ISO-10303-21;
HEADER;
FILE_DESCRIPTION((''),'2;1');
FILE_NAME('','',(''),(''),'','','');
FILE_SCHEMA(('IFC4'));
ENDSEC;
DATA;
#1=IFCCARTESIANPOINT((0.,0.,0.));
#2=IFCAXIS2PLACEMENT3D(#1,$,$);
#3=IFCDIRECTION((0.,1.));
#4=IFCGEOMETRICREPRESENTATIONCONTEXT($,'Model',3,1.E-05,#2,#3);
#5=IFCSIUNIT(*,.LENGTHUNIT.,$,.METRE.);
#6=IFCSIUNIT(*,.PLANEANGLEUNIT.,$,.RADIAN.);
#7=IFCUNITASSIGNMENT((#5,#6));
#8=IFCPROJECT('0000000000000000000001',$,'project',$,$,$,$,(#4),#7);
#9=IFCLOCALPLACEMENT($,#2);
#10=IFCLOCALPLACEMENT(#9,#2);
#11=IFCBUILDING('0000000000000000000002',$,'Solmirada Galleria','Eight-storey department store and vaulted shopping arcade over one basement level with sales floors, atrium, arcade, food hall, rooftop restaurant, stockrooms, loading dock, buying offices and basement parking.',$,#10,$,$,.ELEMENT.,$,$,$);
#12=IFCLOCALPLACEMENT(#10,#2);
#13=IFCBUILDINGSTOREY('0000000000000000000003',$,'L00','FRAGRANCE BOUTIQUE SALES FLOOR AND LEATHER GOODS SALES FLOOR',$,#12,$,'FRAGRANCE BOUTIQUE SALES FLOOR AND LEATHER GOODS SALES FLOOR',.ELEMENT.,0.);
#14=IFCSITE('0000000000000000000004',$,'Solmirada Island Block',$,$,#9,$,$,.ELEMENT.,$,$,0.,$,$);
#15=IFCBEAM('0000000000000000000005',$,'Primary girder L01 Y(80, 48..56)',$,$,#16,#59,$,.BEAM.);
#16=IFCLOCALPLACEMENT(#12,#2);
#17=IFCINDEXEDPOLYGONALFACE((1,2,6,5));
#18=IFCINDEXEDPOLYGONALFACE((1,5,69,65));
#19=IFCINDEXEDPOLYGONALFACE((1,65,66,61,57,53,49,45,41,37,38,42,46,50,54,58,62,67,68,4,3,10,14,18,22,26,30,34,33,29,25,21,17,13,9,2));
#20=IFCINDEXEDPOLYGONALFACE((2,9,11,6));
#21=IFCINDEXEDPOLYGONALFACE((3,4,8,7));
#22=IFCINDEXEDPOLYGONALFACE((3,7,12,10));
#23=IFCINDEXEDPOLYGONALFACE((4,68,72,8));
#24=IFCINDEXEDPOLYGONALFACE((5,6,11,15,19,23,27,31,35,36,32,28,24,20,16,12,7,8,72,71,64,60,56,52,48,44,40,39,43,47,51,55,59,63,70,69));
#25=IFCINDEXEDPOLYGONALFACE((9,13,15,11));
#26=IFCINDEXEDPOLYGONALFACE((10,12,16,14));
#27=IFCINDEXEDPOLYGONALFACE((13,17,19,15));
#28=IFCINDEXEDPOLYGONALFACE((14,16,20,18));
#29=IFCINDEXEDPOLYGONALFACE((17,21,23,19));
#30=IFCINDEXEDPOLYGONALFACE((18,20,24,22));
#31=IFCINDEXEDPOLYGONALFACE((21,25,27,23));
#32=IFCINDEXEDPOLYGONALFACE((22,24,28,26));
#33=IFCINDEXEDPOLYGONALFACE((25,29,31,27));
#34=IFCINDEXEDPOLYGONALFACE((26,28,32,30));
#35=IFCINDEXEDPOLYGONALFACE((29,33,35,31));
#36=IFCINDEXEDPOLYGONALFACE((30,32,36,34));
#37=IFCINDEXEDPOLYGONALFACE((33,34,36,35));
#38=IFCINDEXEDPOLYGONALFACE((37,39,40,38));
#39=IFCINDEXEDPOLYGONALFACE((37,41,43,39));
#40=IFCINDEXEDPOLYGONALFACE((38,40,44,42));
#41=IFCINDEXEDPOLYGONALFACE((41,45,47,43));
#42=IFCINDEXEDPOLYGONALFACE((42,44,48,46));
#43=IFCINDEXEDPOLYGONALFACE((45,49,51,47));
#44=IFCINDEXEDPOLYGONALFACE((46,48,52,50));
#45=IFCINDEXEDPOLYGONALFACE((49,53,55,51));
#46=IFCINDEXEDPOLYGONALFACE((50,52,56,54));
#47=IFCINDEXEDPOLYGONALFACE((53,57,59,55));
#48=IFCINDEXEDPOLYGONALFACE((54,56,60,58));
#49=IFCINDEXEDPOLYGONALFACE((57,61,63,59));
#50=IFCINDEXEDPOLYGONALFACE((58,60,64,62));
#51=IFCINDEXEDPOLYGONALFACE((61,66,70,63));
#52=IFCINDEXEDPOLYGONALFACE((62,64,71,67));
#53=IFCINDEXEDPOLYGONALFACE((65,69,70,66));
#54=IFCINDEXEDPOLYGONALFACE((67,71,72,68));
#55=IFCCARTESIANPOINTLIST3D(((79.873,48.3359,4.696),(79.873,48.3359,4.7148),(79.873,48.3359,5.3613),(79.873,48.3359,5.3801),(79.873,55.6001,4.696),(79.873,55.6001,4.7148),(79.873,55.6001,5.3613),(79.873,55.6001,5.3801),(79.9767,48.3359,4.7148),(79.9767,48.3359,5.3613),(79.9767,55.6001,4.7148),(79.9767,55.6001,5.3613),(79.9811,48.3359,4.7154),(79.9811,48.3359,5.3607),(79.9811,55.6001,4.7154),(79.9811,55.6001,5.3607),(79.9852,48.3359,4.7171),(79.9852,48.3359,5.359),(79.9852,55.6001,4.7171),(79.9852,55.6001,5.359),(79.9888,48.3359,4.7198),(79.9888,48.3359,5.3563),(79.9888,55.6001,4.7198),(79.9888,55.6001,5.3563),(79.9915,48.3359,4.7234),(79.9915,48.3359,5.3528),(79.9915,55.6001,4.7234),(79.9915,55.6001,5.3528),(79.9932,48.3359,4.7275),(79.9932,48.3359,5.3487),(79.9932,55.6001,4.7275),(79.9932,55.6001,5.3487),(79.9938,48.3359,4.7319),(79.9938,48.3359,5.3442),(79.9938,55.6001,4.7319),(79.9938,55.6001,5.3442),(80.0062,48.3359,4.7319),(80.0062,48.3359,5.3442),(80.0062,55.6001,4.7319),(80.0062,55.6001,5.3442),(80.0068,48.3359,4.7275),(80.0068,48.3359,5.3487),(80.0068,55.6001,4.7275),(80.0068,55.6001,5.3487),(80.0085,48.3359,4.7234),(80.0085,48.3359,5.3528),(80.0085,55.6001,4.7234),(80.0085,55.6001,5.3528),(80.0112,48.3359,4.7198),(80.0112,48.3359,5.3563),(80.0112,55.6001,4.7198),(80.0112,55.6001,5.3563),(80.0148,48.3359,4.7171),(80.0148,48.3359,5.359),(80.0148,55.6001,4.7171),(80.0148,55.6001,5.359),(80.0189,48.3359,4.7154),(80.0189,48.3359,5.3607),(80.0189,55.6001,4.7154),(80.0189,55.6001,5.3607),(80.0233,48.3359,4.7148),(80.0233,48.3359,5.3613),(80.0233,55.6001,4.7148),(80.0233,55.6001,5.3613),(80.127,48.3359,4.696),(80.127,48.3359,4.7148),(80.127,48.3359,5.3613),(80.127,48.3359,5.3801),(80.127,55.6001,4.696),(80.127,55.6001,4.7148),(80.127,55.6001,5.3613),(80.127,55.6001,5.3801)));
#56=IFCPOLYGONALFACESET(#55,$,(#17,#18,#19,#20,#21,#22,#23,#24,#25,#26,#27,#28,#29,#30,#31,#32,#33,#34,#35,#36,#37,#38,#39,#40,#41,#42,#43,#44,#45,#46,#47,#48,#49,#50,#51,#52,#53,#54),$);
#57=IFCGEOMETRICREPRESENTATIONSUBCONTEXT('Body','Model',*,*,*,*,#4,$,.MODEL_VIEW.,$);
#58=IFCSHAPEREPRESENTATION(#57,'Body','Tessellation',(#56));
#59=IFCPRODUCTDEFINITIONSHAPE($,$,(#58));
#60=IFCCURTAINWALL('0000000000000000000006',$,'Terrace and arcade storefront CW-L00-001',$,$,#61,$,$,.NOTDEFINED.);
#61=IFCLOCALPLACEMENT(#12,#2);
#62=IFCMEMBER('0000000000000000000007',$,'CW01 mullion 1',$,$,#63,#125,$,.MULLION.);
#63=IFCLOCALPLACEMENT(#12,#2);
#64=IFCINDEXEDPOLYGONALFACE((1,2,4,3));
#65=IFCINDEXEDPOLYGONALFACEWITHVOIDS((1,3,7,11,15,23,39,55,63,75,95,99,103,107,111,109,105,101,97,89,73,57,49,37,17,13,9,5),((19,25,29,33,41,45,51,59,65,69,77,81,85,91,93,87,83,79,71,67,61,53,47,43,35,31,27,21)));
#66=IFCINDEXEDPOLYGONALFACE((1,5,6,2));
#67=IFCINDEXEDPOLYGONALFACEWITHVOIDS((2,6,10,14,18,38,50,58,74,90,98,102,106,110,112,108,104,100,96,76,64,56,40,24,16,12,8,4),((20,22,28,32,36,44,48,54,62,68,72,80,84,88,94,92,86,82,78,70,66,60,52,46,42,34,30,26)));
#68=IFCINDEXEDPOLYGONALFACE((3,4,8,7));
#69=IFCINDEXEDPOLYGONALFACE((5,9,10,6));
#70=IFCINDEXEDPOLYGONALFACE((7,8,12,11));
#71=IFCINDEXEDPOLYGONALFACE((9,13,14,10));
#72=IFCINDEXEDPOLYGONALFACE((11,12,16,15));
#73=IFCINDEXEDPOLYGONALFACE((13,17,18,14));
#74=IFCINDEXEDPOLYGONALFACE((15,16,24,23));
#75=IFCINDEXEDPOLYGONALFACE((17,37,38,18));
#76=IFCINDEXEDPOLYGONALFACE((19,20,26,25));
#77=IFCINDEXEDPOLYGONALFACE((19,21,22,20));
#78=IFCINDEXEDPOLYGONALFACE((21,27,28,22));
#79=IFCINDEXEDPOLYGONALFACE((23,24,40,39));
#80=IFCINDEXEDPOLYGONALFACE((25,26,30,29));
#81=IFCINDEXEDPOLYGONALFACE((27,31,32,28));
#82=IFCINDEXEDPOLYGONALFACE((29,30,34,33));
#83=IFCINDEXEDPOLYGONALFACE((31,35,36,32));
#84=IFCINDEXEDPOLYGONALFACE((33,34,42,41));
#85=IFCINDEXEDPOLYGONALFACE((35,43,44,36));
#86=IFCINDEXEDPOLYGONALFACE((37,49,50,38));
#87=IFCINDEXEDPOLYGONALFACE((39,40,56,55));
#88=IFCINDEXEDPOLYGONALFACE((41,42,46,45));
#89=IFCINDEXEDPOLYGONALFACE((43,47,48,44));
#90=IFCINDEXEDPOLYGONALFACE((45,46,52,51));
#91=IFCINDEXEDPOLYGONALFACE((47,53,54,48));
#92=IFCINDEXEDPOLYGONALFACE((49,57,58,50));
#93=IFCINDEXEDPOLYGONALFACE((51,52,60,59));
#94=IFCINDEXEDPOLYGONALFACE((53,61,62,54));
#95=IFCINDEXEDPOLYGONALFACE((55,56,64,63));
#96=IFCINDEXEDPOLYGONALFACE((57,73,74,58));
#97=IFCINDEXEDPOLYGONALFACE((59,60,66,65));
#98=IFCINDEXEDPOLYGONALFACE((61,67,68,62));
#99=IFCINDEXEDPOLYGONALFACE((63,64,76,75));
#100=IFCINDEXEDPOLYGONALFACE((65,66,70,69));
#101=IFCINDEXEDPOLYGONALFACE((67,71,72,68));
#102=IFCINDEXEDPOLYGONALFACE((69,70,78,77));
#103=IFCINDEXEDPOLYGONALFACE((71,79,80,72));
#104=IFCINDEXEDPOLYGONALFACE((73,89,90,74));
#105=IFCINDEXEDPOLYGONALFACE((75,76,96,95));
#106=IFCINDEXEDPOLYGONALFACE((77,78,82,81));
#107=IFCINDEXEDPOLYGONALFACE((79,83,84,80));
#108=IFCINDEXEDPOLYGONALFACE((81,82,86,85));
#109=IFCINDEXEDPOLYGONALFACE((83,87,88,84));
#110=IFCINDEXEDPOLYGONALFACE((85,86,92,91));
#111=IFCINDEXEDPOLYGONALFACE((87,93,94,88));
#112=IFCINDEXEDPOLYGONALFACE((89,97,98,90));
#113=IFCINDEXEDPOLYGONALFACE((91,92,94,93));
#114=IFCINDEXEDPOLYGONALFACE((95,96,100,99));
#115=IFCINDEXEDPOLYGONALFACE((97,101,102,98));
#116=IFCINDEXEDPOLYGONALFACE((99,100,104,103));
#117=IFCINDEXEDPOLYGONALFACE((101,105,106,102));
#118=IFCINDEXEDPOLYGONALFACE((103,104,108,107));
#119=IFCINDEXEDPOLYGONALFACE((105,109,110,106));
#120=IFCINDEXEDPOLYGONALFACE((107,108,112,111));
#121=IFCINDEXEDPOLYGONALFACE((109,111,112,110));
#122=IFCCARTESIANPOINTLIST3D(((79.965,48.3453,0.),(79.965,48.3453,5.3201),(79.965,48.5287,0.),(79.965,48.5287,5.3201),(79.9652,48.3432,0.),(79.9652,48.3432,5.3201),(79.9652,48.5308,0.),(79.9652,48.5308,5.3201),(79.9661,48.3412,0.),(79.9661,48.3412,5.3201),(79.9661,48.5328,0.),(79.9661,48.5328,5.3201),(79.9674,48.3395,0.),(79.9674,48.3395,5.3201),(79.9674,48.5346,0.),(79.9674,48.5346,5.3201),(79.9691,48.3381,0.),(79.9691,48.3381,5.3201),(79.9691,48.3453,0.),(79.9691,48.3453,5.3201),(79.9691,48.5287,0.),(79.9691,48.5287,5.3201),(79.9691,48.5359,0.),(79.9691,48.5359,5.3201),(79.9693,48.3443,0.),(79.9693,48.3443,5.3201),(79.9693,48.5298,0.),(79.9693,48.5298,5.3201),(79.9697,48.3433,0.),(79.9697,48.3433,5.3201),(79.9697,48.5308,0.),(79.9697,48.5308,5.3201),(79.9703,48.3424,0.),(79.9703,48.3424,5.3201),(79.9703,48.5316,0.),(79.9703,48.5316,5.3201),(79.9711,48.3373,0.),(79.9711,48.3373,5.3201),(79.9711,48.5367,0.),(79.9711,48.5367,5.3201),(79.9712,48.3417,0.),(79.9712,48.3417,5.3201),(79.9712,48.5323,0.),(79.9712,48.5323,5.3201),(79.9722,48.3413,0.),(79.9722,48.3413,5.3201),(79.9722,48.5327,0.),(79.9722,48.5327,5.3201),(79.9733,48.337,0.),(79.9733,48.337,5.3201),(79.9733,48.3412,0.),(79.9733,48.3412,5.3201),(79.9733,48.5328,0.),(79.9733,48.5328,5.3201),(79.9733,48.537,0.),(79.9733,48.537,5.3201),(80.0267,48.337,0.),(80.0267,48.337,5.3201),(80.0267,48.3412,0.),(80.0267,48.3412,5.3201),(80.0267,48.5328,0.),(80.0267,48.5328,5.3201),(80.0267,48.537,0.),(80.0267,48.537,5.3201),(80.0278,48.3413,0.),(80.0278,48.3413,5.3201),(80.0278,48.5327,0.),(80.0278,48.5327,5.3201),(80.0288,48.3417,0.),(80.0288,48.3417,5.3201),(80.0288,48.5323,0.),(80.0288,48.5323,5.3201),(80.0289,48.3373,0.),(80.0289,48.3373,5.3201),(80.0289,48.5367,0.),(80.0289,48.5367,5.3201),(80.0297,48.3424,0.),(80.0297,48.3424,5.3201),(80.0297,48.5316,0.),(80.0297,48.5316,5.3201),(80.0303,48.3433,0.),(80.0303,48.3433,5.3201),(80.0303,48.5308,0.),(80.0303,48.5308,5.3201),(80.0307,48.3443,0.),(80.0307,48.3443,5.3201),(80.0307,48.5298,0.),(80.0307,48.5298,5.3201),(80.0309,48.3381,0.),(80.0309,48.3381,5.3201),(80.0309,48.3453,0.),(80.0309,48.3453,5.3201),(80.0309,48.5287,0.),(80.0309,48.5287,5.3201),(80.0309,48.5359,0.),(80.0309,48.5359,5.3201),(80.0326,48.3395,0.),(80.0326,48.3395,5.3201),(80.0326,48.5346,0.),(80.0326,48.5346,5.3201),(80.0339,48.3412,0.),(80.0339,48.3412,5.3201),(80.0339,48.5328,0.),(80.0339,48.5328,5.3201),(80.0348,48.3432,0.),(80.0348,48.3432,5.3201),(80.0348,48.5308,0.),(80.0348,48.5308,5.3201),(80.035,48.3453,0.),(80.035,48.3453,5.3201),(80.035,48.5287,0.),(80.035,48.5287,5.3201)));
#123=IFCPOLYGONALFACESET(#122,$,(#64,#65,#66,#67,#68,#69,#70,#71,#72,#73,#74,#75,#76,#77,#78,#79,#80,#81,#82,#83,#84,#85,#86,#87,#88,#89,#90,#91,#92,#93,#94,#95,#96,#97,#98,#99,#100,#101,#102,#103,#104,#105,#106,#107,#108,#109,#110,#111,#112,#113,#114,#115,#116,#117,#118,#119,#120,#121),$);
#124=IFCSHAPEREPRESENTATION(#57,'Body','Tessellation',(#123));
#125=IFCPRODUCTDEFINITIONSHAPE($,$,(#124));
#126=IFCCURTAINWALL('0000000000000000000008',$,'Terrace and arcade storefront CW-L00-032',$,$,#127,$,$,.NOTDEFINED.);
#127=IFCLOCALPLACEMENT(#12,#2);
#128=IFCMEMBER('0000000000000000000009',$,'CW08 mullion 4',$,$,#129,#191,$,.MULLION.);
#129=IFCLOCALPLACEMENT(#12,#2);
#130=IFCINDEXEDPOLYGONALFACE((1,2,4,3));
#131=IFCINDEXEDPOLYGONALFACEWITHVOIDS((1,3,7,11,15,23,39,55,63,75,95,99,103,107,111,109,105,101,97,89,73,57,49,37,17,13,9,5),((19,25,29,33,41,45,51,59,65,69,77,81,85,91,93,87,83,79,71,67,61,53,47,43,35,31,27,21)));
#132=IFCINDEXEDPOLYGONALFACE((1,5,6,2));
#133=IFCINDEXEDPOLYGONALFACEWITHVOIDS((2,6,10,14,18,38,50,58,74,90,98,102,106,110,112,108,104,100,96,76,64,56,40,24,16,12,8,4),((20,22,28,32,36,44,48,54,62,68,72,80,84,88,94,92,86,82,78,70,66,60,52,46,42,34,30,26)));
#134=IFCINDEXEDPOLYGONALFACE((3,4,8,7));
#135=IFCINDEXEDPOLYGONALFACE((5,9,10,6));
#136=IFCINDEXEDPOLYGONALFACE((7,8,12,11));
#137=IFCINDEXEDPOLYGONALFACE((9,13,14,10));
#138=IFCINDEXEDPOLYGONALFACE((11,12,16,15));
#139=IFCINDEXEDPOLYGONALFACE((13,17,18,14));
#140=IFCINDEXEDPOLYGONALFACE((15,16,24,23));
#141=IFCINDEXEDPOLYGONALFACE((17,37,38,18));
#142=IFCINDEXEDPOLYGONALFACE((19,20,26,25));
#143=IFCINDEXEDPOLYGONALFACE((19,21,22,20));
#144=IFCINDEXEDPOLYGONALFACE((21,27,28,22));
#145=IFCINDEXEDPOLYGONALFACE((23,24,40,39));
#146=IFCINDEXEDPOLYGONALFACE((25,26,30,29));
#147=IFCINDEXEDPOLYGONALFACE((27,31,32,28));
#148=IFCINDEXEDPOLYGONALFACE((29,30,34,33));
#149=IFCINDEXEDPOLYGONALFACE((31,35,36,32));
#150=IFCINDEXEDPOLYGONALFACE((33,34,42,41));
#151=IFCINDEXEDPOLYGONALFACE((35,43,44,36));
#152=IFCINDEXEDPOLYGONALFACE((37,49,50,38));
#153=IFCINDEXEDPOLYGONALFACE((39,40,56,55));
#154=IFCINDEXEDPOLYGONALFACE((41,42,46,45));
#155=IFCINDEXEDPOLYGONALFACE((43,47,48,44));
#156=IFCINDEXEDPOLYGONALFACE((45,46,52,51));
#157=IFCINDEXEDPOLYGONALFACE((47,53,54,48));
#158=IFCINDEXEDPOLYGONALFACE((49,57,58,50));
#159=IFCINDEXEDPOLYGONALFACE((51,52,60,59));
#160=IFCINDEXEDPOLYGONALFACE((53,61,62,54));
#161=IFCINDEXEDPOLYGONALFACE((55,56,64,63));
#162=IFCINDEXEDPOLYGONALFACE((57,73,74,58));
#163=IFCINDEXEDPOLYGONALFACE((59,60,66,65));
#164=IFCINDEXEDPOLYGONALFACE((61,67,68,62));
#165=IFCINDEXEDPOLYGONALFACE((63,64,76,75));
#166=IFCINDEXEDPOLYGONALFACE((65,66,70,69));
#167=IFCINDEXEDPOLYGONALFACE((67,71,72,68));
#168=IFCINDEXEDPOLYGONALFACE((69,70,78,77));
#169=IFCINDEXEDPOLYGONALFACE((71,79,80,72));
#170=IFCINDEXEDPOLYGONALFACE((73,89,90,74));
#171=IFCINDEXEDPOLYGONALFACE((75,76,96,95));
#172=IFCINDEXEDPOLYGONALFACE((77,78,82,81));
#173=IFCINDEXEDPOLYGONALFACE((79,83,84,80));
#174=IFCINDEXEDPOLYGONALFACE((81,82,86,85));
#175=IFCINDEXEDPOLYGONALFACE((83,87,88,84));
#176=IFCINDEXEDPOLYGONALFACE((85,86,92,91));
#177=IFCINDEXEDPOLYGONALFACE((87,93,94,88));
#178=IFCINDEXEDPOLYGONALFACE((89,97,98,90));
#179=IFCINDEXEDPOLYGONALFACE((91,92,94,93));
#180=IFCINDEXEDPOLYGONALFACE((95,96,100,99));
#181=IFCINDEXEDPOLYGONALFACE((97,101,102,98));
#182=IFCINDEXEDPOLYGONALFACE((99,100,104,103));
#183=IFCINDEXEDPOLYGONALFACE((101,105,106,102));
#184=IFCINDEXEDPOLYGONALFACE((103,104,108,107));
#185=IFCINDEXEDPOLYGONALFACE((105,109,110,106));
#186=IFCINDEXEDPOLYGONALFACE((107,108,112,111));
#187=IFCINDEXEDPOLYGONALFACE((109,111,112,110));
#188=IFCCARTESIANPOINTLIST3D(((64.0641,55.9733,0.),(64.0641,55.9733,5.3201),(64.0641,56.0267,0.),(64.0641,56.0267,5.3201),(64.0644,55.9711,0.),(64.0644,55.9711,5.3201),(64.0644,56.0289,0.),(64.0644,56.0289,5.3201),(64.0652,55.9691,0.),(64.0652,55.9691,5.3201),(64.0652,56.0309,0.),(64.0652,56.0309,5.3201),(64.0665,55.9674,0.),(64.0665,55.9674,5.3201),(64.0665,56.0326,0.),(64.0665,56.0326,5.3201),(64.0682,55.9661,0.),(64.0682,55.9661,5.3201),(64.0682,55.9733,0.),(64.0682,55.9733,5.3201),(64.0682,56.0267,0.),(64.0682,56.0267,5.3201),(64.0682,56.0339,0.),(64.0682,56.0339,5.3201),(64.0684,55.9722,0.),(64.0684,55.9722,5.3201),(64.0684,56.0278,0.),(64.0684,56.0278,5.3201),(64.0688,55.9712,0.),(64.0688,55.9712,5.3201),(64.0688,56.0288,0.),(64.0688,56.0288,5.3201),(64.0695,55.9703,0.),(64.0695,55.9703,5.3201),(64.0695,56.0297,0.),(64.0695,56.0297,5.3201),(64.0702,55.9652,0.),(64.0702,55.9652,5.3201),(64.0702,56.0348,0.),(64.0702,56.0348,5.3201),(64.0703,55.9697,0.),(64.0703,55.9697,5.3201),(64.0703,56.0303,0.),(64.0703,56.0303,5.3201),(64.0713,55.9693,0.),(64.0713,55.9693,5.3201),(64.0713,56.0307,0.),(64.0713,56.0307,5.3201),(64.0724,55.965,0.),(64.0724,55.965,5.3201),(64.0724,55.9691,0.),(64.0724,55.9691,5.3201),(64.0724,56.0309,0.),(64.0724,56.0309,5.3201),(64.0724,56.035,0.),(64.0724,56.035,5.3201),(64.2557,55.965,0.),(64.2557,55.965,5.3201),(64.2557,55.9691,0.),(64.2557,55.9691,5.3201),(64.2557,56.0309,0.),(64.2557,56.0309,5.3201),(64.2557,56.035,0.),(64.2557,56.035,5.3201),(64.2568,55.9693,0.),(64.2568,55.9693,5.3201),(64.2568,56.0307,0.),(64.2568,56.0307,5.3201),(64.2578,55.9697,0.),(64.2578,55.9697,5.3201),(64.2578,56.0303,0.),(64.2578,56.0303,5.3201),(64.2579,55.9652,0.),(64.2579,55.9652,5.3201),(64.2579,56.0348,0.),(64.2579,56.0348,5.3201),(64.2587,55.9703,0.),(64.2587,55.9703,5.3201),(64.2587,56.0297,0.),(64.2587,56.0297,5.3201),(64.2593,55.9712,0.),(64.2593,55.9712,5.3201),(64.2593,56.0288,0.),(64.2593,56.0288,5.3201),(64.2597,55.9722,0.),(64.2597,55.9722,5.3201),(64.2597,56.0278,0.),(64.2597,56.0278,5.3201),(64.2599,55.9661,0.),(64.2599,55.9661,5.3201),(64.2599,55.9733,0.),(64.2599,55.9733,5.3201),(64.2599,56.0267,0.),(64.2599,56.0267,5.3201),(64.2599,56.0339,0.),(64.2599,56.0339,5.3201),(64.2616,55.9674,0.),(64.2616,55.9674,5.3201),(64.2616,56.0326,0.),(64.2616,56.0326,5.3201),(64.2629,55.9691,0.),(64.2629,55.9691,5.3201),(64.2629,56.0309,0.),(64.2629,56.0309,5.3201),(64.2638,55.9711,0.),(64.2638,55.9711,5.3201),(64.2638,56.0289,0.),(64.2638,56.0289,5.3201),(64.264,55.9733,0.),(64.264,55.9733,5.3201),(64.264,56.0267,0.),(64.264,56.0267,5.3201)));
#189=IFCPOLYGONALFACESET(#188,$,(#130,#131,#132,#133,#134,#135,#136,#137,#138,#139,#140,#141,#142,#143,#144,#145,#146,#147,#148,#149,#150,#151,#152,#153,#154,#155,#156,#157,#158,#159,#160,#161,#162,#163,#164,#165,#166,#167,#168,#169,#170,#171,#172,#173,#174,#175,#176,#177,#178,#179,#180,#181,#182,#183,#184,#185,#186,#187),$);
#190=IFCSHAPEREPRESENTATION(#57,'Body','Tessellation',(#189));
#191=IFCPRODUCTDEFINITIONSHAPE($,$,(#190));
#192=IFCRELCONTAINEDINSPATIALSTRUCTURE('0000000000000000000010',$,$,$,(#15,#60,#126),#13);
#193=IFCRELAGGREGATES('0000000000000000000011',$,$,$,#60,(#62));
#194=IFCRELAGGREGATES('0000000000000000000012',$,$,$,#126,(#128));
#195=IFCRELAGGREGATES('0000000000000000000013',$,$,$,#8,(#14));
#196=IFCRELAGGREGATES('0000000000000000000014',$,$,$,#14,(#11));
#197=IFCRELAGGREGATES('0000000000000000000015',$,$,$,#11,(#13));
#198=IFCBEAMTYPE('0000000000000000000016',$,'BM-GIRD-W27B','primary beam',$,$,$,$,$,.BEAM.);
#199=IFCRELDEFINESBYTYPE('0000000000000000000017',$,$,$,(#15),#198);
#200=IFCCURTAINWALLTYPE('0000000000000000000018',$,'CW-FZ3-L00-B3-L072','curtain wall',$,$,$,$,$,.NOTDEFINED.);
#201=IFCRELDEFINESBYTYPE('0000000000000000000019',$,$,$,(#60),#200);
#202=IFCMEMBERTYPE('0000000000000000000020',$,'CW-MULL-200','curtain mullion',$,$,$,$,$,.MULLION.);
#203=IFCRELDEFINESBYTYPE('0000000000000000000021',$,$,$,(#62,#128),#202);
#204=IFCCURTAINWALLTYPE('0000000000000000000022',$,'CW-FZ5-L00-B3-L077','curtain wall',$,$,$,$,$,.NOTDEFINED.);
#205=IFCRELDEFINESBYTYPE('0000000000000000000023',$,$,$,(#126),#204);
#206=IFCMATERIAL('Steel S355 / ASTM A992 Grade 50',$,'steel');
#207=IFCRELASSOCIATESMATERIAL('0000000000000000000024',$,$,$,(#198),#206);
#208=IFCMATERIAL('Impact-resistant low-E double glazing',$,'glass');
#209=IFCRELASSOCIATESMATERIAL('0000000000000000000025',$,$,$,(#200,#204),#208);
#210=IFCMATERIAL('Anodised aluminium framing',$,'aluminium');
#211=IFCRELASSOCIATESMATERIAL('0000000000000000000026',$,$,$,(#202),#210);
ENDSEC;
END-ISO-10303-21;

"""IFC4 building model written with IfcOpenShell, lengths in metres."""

from ifc_helpers import new_model, si_unit, direction, frame, origin, origin_2d, place, context, subcontext, project, spatial, hollow_rectangle, i_section, extrude, material, material_profile, profile_set, type_object, element, aggregate, save


model = new_model("IFC4")

# Units and contexts
model_context = context("Model", 3, precision=1e-05, world=origin(), true_north=direction((0.0, 1.0)))
body_context = subcontext(model_context, "Body", "Model", "MODEL_VIEW")
ifc_project = project(units=[si_unit("LENGTHUNIT", "METRE"), si_unit("PLANEANGLEUNIT", "RADIAN")], contexts=[model_context])

# Site, building, storey
site_placement = place(None, origin())
site = spatial("IfcSite", under=ifc_project, at=site_placement, Name="Solmirada Island Block", CompositionType="ELEMENT", RefElevation=0.0)
building_placement = place(site_placement, origin())
building = spatial("IfcBuilding", under=site, at=building_placement, Name="Solmirada Galleria", Description="Eight-storey department store and vaulted shopping arcade over one basement level with sales floors, atrium, arcade, food hall, rooftop restaurant, stockrooms, loading dock, buying offices and basement parking.", CompositionType="ELEMENT")
storey_placement = place(building_placement, origin())
storey = spatial("IfcBuildingStorey", under=building, at=storey_placement, Name="L00", Description="FRAGRANCE BOUTIQUE SALES FLOOR AND LEATHER GOODS SALES FLOOR", LongName="FRAGRANCE BOUTIQUE SALES FLOOR AND LEATHER GOODS SALES FLOOR", CompositionType="ELEMENT", Elevation=0.0)

# Beam
ifc_material_1 = material(Name="Steel S355 / ASTM A992 Grade 50", Category="steel")
ifc_material_profile_1 = material_profile(ifc_material_1, i_section(OverallWidth=0.2539, OverallDepth=0.6841, WebThickness=0.0125, FlangeThickness=0.0188, FilletRadius=0.0171, at=origin_2d()), Name="W27X94")
ifc_profile_set_1 = profile_set([ifc_material_profile_1], Name="Steel S355 / ASTM A992 Grade 50")
beam_type_1 = type_object("IfcBeamType", Name="BM-GIRD-W27B", Description="primary beam", PredefinedType="BEAM", material=ifc_profile_set_1)
beam_1_placement = place(storey_placement, frame((80.0, 48.3359, 5.0381), z_axis=(0.0, 1.0, 0.0), x_axis=(-1.0, 0.0, 0.0)))
element("IfcBeam", 1, at=beam_1_placement, inside=storey, type_object=beam_type_1, Name="Primary girder L01 Y(80, 48..56)", PredefinedType="BEAM", context=body_context, shape_type="SweptSolid", body=[
    extrude(i_section(OverallWidth=0.2539, OverallDepth=0.6841, WebThickness=0.0125, FlangeThickness=0.0188, FilletRadius=0.0171, at=origin_2d()), origin(), (0.0, 0.0, 1.0), 7.2642),
])

# Curtain walls, members
ifc_material_2 = material(Name="Impact-resistant low-E double glazing", Category="glass")
curtain_wall_type_1 = type_object("IfcCurtainWallType", Name="CW-FZ3-L00-B3-L072", Description="curtain wall", PredefinedType="NOTDEFINED", material=ifc_material_2)
curtain_wall_1_placement = place(storey_placement, origin())
curtain_wall_1 = element("IfcCurtainWall", 2, at=curtain_wall_1_placement, inside=storey, type_object=curtain_wall_type_1, Name="Terrace and arcade storefront CW-L00-001", PredefinedType="NOTDEFINED")
ifc_material_3 = material(Name="Anodised aluminium framing", Category="aluminium")
ifc_material_profile_2 = material_profile(ifc_material_3, hollow_rectangle(XDim=0.0701, YDim=0.2, WallThickness=0.0042, InnerFilletRadius=0.0042, OuterFilletRadius=0.0083, at=origin_2d()), Name="ALU-MULL-200X70")
ifc_profile_set_2 = profile_set([ifc_material_profile_2], Name="Anodised aluminium framing")
member_type_1 = type_object("IfcMemberType", Name="CW-MULL-200", Description="curtain mullion", PredefinedType="MULLION", material=ifc_profile_set_2)
member_1_placement = place(storey_placement, frame((80.0, 48.437, 0.0), z_axis=(0.0, 0.0, 1.0), x_axis=(-1.0, 0.0, 0.0)))
member_1 = element("IfcMember", 3, at=member_1_placement, type_object=member_type_1, Name="CW01 mullion 1", PredefinedType="MULLION", context=body_context, shape_type="SweptSolid", body=[
    extrude(hollow_rectangle(XDim=0.0701, YDim=0.2, WallThickness=0.0042, InnerFilletRadius=0.0042, OuterFilletRadius=0.0083, at=origin_2d()), origin(), (0.0, 0.0, 1.0), 5.3201),
])
curtain_wall_type_2 = type_object("IfcCurtainWallType", Name="CW-FZ5-L00-B3-L077", Description="curtain wall", PredefinedType="NOTDEFINED", material=ifc_material_2)
curtain_wall_2_placement = place(storey_placement, origin())
curtain_wall_2 = element("IfcCurtainWall", 4, at=curtain_wall_2_placement, inside=storey, type_object=curtain_wall_type_2, Name="Terrace and arcade storefront CW-L00-032", PredefinedType="NOTDEFINED")
member_2_placement = place(storey_placement, frame((64.1641, 56.0, 0.0), z_axis=(0.0, 0.0, 1.0), x_axis=(0.0, -1.0, 0.0)))
member_2 = element("IfcMember", 5, at=member_2_placement, type_object=member_type_1, Name="CW08 mullion 4", PredefinedType="MULLION", context=body_context, shape_type="SweptSolid", body=[
    extrude(hollow_rectangle(XDim=0.0701, YDim=0.2, WallThickness=0.0042, InnerFilletRadius=0.0042, OuterFilletRadius=0.0083, at=origin_2d()), origin(), (0.0, 0.0, 1.0), 5.3201),
])

aggregate(curtain_wall_1, [member_1])

aggregate(curtain_wall_2, [member_2])

save(model, "model.ifc")
